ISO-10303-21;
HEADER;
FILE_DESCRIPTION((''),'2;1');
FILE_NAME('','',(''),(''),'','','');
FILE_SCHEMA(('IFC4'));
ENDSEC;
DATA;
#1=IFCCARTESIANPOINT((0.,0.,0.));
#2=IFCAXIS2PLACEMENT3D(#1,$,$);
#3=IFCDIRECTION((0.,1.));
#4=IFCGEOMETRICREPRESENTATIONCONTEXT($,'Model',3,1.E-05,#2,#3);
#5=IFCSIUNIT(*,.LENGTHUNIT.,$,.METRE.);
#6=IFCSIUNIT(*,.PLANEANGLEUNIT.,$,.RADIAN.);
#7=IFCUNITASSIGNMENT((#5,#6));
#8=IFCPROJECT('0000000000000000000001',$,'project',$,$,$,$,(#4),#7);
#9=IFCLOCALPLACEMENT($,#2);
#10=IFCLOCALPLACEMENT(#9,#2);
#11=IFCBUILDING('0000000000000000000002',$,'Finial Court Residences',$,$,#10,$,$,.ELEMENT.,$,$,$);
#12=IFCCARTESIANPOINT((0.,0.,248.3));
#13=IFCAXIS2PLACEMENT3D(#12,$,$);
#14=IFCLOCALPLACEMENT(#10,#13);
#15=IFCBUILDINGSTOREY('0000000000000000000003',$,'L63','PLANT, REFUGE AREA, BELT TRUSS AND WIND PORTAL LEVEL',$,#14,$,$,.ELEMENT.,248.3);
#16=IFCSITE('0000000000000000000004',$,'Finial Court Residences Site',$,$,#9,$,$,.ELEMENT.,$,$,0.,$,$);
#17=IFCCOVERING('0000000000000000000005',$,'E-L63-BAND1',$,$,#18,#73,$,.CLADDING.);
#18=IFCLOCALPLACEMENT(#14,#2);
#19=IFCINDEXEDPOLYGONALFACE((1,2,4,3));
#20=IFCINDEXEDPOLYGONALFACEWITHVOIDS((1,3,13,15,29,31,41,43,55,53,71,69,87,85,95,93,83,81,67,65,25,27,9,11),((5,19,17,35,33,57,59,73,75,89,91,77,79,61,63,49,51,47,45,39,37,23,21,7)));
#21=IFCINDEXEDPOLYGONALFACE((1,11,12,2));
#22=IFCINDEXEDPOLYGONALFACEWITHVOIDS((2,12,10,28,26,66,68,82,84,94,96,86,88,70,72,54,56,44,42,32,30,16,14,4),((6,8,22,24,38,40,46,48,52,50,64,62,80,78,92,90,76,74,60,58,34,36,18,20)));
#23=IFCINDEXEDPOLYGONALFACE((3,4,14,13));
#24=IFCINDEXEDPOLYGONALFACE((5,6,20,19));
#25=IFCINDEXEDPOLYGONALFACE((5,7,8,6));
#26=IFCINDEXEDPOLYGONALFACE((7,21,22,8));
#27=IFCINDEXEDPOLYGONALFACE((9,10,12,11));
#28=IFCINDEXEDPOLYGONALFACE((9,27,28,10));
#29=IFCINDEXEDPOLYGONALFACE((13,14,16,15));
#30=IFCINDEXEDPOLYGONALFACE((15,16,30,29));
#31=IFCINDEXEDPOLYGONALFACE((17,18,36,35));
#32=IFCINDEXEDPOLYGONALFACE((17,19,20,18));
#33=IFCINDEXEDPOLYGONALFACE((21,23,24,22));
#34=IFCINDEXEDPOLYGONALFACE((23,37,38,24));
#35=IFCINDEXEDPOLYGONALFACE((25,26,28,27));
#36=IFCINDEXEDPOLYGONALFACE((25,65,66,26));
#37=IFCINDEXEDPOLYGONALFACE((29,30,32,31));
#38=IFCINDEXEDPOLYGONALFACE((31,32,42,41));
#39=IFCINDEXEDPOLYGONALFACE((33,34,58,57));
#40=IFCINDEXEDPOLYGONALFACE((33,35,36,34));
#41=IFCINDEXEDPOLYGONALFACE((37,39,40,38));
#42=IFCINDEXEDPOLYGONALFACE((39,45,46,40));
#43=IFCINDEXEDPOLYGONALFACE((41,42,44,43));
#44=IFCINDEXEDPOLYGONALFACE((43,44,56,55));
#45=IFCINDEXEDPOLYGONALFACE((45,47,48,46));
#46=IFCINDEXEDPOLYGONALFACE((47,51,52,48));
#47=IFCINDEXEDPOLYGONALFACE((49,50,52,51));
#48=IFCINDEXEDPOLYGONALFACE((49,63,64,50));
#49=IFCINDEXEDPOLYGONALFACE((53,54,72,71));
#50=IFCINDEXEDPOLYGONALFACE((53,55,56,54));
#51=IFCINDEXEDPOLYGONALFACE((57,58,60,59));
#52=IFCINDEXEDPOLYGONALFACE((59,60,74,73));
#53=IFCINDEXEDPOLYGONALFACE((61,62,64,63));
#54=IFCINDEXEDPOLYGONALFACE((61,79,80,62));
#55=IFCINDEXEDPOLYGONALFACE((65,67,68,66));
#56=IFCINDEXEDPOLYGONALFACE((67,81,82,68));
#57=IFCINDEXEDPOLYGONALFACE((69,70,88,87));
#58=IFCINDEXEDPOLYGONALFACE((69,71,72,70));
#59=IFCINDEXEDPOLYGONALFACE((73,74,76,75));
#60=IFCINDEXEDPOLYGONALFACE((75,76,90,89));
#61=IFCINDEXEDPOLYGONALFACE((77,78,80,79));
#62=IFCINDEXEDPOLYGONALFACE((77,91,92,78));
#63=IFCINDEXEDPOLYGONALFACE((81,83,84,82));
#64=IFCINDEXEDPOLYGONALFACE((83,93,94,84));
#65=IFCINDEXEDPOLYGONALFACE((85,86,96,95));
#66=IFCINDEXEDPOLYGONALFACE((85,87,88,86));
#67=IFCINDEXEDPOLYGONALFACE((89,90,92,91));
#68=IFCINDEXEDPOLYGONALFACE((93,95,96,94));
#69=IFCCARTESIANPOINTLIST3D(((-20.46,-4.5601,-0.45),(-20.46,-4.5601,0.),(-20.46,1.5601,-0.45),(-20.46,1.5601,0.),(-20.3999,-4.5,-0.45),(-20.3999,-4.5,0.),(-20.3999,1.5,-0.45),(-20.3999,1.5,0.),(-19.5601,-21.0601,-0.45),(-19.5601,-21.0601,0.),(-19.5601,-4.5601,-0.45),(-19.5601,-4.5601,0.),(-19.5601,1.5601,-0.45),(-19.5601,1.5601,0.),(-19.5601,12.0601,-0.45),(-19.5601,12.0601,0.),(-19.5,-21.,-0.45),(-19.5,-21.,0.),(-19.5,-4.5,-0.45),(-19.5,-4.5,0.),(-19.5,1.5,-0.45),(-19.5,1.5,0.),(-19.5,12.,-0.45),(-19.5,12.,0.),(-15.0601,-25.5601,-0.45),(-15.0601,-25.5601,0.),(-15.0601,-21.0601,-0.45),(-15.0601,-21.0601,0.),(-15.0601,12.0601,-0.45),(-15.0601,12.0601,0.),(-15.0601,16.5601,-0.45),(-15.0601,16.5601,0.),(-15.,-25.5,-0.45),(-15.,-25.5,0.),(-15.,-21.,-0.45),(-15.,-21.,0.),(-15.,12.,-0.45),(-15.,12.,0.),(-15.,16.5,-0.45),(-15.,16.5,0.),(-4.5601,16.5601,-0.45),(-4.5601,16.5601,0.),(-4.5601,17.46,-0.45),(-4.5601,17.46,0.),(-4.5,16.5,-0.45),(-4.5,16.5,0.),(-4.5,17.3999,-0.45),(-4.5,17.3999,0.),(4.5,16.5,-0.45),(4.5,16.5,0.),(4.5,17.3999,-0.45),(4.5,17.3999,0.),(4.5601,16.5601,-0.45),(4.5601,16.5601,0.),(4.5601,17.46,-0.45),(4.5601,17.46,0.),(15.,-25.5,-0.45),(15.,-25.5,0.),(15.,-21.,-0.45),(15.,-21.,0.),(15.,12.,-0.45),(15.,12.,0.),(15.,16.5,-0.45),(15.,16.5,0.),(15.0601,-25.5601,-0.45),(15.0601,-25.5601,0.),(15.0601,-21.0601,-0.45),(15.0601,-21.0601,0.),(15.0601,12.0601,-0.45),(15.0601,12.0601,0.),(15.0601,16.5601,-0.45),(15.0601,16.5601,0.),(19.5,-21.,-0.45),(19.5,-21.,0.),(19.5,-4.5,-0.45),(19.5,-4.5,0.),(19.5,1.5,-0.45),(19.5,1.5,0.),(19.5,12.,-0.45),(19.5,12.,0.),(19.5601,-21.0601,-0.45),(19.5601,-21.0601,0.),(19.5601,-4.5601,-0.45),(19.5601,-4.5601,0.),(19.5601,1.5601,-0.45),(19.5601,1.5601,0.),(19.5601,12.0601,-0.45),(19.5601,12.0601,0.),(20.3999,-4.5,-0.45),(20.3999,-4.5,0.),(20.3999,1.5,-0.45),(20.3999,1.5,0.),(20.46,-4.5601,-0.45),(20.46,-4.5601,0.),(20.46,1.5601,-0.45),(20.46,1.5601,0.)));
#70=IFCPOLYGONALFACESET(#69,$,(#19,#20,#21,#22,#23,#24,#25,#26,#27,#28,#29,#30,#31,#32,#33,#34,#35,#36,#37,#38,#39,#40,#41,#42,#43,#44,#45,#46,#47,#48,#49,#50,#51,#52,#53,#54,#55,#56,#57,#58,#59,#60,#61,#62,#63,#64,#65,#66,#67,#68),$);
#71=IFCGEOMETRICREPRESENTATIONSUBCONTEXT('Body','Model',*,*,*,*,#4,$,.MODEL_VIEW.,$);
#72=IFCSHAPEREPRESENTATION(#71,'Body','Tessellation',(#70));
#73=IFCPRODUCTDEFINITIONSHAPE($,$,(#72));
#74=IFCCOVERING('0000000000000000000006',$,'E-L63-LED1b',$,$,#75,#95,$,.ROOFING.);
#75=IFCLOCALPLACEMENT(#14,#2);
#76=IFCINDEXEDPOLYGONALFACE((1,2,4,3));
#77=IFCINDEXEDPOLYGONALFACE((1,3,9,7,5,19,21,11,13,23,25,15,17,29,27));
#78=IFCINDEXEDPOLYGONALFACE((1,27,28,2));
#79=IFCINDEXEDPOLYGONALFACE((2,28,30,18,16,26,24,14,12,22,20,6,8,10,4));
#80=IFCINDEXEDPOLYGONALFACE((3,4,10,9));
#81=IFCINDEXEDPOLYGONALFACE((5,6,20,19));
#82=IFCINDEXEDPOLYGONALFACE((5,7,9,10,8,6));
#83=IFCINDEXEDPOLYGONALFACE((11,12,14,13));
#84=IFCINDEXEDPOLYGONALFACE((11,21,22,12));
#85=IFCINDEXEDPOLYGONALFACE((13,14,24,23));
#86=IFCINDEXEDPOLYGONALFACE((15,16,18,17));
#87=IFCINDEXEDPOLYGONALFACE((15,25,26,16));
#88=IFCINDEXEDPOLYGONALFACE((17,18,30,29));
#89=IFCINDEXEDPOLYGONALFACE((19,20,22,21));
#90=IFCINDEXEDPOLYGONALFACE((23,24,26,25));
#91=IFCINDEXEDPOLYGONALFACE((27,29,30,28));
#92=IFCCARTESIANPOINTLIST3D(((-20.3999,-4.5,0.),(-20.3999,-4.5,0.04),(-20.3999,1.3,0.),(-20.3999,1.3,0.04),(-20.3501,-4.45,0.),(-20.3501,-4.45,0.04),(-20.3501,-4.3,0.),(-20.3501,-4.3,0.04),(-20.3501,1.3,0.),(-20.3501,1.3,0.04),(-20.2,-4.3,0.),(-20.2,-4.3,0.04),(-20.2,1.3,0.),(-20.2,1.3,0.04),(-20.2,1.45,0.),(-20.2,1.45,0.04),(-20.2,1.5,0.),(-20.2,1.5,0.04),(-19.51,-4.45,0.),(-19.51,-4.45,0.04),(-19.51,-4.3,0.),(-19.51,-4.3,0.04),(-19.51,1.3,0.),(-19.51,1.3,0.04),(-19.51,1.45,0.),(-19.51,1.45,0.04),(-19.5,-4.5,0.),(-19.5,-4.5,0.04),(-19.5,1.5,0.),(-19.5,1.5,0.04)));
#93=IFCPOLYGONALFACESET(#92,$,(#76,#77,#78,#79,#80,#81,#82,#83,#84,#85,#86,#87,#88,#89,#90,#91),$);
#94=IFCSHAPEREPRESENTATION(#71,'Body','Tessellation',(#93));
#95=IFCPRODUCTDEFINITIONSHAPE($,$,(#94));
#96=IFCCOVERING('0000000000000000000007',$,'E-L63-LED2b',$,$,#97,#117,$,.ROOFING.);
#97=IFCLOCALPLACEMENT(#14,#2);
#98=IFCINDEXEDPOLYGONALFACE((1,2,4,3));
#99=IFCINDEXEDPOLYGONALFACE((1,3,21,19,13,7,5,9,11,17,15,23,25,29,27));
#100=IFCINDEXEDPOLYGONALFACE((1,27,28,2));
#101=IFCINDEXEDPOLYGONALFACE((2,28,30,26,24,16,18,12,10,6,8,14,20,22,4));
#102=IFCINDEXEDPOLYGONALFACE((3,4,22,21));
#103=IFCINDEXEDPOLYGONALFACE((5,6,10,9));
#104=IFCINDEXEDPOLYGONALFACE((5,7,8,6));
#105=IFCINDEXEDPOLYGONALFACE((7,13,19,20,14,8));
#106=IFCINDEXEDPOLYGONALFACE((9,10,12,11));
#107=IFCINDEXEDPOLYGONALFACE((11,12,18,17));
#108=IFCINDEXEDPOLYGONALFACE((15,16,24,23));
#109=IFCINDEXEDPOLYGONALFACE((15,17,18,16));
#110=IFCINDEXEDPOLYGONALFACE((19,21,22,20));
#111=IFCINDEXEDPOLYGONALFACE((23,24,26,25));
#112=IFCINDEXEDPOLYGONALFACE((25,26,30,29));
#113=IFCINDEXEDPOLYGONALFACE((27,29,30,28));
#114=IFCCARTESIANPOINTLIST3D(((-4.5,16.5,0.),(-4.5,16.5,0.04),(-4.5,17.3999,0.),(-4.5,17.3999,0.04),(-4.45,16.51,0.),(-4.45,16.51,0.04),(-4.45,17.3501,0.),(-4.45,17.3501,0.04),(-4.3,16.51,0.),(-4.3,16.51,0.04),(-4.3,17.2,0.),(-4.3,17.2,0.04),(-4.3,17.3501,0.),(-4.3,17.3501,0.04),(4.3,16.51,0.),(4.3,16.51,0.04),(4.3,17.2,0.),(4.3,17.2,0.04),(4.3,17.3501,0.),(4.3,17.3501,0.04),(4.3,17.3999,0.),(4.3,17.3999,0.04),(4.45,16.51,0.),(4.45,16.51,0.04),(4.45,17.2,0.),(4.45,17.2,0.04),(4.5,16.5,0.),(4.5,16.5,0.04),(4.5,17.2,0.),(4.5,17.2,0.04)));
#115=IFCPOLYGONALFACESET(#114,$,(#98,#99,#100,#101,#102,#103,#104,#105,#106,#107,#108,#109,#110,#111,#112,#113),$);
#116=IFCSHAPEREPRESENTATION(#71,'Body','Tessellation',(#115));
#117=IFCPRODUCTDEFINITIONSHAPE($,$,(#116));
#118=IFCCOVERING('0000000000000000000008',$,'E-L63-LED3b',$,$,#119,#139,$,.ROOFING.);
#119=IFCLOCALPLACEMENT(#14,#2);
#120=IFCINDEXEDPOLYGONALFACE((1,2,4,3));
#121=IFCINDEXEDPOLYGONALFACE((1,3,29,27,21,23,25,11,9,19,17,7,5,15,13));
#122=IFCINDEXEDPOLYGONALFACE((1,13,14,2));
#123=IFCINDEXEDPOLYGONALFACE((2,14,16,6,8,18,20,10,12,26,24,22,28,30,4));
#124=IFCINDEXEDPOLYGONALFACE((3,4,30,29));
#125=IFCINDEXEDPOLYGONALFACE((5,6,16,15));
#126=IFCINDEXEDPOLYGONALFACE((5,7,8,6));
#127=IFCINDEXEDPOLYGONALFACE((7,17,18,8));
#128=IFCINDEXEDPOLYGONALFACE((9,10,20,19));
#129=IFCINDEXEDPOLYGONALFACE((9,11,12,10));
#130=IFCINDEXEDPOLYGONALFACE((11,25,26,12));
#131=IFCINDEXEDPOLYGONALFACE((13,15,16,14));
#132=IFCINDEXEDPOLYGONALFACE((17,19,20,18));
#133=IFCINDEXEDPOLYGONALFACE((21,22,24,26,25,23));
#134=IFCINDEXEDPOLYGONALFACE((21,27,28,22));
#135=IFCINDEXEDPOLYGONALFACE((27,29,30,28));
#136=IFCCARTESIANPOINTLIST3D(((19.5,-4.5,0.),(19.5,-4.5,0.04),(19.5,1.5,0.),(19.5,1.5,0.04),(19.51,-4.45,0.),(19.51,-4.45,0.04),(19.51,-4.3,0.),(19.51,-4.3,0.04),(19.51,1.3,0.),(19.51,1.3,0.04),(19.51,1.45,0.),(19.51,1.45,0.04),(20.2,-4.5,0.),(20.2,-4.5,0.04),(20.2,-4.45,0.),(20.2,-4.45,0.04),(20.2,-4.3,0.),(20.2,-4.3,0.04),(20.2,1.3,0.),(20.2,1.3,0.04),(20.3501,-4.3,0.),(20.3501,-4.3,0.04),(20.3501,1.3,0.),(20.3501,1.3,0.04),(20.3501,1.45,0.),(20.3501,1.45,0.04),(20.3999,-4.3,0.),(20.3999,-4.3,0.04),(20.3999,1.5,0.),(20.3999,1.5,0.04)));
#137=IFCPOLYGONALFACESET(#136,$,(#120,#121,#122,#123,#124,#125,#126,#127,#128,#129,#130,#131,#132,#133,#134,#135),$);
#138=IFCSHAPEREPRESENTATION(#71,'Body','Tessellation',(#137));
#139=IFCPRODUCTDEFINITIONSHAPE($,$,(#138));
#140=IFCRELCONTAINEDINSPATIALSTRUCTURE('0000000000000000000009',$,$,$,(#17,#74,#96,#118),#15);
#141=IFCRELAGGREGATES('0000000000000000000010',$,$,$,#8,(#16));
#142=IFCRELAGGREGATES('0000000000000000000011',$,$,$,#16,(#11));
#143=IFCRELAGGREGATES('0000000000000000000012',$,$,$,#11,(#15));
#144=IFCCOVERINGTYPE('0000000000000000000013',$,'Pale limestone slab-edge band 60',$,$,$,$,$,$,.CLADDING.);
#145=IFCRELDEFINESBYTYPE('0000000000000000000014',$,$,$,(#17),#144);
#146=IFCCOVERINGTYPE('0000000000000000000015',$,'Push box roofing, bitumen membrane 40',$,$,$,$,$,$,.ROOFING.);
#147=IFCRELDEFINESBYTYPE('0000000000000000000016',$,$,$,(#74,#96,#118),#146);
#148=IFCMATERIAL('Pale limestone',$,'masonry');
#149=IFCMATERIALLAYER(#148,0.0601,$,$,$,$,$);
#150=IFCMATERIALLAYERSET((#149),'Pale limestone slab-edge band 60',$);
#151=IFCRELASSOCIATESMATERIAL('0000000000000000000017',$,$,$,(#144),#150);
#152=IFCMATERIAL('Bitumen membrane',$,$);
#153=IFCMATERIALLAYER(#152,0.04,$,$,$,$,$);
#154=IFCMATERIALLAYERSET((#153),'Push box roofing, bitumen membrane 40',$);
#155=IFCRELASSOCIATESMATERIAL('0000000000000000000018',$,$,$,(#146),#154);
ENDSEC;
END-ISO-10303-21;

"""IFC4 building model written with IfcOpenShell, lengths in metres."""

from ifc_helpers import new_model, si_unit, direction, frame, origin, place, context, subcontext, project, spatial, polyline, outline, extrude, material, layer, layer_set, type_object, element, save


model = new_model("IFC4")

# Units and contexts
model_context = context("Model", 3, precision=1e-05, world=origin(), true_north=direction((0.0, 1.0)))
body_context = subcontext(model_context, "Body", "Model", "MODEL_VIEW")
ifc_project = project(units=[si_unit("LENGTHUNIT", "METRE"), si_unit("PLANEANGLEUNIT", "RADIAN")], contexts=[model_context])

# Site, building, storey
site_placement = place(None, origin())
site = spatial("IfcSite", under=ifc_project, at=site_placement, Name="Finial Court Residences Site", CompositionType="ELEMENT", RefElevation=0.0)
building_placement = place(site_placement, origin())
building = spatial("IfcBuilding", under=site, at=building_placement, Name="Finial Court Residences", CompositionType="ELEMENT")
storey_placement = place(building_placement, frame((0.0, 0.0, 248.3)))
storey = spatial("IfcBuildingStorey", under=building, at=storey_placement, Name="L63", Description="PLANT, REFUGE AREA, BELT TRUSS AND WIND PORTAL LEVEL", CompositionType="ELEMENT", Elevation=248.3)

# Coverings
ifc_material_1 = material(Name="Pale limestone", Category="masonry")
ifc_layer_1 = layer(ifc_material_1, 0.0601)
ifc_layer_set_1 = layer_set([ifc_layer_1], Name="Pale limestone slab-edge band 60")
covering_type_1 = type_object("IfcCoveringType", Name="Pale limestone slab-edge band 60", PredefinedType="CLADDING", material=ifc_layer_set_1)
covering_1_placement = place(storey_placement, frame((0.0, 0.0, -0.45)))
element("IfcCovering", 1, at=covering_1_placement, inside=storey, type_object=covering_type_1, Name="E-L63-BAND1", PredefinedType="CLADDING", context=body_context, shape_type="SweptSolid", body=[
    extrude(outline(polyline([(-15.0601, -21.0601), (-19.5601, -21.0601), (-19.5601, -4.5601), (-20.46, -4.5601), (-20.46, 1.5601), (-19.5601, 1.5601), (-19.5601, 12.0601), (-15.0601, 12.0601), (-15.0601, 16.5601), (-4.5601, 16.5601), (-4.5601, 17.46), (4.5601, 17.46), (4.5601, 16.5601), (15.0601, 16.5601), (15.0601, 12.0601), (19.5601, 12.0601), (19.5601, 1.5601), (20.46, 1.5601), (20.46, -4.5601), (19.5601, -4.5601), (19.5601, -21.0601), (15.0601, -21.0601), (15.0601, -25.5601), (-15.0601, -25.5601), (-15.0601, -21.0601)]), holes=[polyline([(15.0, -25.5), (15.0, -21.0), (19.5, -21.0), (19.5, -4.5), (20.3999, -4.5), (20.3999, 1.5), (19.5, 1.5), (19.5, 12.0), (15.0, 12.0), (15.0, 16.5), (4.5, 16.5), (4.5, 17.3999), (-4.5, 17.3999), (-4.5, 16.5), (-15.0, 16.5), (-15.0, 12.0), (-19.5, 12.0), (-19.5, 1.5), (-20.3999, 1.5), (-20.3999, -4.5), (-19.5, -4.5), (-19.5, -21.0), (-15.0, -21.0), (-15.0, -25.5), (15.0, -25.5)])]), origin(), (0.0, 0.0, 1.0), 0.45),
])
ifc_material_2 = material(Name="Bitumen membrane")
ifc_layer_2 = layer(ifc_material_2, 0.04)
ifc_layer_set_2 = layer_set([ifc_layer_2], Name="Push box roofing, bitumen membrane 40")
covering_type_2 = type_object("IfcCoveringType", Name="Push box roofing, bitumen membrane 40", PredefinedType="ROOFING", material=ifc_layer_set_2)
covering_2_placement = place(storey_placement, origin())
element("IfcCovering", 2, at=covering_2_placement, inside=storey, type_object=covering_type_2, Name="E-L63-LED1b", PredefinedType="ROOFING", context=body_context, shape_type="SweptSolid", body=[
    extrude(outline(polyline([(-19.5, 1.5), (-19.5, -4.5), (-20.3999, -4.5), (-20.3999, 1.3), (-20.3501, 1.3), (-20.3501, -4.3), (-20.3501, -4.3), (-20.3501, -4.45), (-19.51, -4.45), (-19.51, -4.3), (-20.2, -4.3), (-20.2, 1.3), (-19.51, 1.3), (-19.51, 1.45), (-20.2, 1.45), (-20.2, 1.5), (-19.5, 1.5)])), origin(), (0.0, 0.0, 1.0), 0.04),
])
covering_3_placement = place(storey_placement, origin())
element("IfcCovering", 3, at=covering_3_placement, inside=storey, type_object=covering_type_2, Name="E-L63-LED2b", PredefinedType="ROOFING", context=body_context, shape_type="SweptSolid", body=[
    extrude(outline(polyline([(4.5, 16.5), (-4.5, 16.5), (-4.5, 17.3999), (4.3, 17.3999), (4.3, 17.3501), (-4.3, 17.3501), (-4.3, 17.3501), (-4.45, 17.3501), (-4.45, 16.51), (-4.3, 16.51), (-4.3, 17.2), (4.3, 17.2), (4.3, 16.51), (4.45, 16.51), (4.45, 17.2), (4.5, 17.2), (4.5, 16.5)])), origin(), (0.0, 0.0, 1.0), 0.04),
])
covering_4_placement = place(storey_placement, origin())
element("IfcCovering", 4, at=covering_4_placement, inside=storey, type_object=covering_type_2, Name="E-L63-LED3b", PredefinedType="ROOFING", context=body_context, shape_type="SweptSolid", body=[
    extrude(outline(polyline([(19.5, -4.5), (19.5, 1.5), (20.3999, 1.5), (20.3999, -4.3), (20.3501, -4.3), (20.3501, 1.3), (20.3501, 1.3), (20.3501, 1.45), (19.51, 1.45), (19.51, 1.3), (20.2, 1.3), (20.2, -4.3), (19.51, -4.3), (19.51, -4.45), (20.2, -4.45), (20.2, -4.5), (19.5, -4.5)])), origin(), (0.0, 0.0, 1.0), 0.04),
])

save(model, "model.ifc")
